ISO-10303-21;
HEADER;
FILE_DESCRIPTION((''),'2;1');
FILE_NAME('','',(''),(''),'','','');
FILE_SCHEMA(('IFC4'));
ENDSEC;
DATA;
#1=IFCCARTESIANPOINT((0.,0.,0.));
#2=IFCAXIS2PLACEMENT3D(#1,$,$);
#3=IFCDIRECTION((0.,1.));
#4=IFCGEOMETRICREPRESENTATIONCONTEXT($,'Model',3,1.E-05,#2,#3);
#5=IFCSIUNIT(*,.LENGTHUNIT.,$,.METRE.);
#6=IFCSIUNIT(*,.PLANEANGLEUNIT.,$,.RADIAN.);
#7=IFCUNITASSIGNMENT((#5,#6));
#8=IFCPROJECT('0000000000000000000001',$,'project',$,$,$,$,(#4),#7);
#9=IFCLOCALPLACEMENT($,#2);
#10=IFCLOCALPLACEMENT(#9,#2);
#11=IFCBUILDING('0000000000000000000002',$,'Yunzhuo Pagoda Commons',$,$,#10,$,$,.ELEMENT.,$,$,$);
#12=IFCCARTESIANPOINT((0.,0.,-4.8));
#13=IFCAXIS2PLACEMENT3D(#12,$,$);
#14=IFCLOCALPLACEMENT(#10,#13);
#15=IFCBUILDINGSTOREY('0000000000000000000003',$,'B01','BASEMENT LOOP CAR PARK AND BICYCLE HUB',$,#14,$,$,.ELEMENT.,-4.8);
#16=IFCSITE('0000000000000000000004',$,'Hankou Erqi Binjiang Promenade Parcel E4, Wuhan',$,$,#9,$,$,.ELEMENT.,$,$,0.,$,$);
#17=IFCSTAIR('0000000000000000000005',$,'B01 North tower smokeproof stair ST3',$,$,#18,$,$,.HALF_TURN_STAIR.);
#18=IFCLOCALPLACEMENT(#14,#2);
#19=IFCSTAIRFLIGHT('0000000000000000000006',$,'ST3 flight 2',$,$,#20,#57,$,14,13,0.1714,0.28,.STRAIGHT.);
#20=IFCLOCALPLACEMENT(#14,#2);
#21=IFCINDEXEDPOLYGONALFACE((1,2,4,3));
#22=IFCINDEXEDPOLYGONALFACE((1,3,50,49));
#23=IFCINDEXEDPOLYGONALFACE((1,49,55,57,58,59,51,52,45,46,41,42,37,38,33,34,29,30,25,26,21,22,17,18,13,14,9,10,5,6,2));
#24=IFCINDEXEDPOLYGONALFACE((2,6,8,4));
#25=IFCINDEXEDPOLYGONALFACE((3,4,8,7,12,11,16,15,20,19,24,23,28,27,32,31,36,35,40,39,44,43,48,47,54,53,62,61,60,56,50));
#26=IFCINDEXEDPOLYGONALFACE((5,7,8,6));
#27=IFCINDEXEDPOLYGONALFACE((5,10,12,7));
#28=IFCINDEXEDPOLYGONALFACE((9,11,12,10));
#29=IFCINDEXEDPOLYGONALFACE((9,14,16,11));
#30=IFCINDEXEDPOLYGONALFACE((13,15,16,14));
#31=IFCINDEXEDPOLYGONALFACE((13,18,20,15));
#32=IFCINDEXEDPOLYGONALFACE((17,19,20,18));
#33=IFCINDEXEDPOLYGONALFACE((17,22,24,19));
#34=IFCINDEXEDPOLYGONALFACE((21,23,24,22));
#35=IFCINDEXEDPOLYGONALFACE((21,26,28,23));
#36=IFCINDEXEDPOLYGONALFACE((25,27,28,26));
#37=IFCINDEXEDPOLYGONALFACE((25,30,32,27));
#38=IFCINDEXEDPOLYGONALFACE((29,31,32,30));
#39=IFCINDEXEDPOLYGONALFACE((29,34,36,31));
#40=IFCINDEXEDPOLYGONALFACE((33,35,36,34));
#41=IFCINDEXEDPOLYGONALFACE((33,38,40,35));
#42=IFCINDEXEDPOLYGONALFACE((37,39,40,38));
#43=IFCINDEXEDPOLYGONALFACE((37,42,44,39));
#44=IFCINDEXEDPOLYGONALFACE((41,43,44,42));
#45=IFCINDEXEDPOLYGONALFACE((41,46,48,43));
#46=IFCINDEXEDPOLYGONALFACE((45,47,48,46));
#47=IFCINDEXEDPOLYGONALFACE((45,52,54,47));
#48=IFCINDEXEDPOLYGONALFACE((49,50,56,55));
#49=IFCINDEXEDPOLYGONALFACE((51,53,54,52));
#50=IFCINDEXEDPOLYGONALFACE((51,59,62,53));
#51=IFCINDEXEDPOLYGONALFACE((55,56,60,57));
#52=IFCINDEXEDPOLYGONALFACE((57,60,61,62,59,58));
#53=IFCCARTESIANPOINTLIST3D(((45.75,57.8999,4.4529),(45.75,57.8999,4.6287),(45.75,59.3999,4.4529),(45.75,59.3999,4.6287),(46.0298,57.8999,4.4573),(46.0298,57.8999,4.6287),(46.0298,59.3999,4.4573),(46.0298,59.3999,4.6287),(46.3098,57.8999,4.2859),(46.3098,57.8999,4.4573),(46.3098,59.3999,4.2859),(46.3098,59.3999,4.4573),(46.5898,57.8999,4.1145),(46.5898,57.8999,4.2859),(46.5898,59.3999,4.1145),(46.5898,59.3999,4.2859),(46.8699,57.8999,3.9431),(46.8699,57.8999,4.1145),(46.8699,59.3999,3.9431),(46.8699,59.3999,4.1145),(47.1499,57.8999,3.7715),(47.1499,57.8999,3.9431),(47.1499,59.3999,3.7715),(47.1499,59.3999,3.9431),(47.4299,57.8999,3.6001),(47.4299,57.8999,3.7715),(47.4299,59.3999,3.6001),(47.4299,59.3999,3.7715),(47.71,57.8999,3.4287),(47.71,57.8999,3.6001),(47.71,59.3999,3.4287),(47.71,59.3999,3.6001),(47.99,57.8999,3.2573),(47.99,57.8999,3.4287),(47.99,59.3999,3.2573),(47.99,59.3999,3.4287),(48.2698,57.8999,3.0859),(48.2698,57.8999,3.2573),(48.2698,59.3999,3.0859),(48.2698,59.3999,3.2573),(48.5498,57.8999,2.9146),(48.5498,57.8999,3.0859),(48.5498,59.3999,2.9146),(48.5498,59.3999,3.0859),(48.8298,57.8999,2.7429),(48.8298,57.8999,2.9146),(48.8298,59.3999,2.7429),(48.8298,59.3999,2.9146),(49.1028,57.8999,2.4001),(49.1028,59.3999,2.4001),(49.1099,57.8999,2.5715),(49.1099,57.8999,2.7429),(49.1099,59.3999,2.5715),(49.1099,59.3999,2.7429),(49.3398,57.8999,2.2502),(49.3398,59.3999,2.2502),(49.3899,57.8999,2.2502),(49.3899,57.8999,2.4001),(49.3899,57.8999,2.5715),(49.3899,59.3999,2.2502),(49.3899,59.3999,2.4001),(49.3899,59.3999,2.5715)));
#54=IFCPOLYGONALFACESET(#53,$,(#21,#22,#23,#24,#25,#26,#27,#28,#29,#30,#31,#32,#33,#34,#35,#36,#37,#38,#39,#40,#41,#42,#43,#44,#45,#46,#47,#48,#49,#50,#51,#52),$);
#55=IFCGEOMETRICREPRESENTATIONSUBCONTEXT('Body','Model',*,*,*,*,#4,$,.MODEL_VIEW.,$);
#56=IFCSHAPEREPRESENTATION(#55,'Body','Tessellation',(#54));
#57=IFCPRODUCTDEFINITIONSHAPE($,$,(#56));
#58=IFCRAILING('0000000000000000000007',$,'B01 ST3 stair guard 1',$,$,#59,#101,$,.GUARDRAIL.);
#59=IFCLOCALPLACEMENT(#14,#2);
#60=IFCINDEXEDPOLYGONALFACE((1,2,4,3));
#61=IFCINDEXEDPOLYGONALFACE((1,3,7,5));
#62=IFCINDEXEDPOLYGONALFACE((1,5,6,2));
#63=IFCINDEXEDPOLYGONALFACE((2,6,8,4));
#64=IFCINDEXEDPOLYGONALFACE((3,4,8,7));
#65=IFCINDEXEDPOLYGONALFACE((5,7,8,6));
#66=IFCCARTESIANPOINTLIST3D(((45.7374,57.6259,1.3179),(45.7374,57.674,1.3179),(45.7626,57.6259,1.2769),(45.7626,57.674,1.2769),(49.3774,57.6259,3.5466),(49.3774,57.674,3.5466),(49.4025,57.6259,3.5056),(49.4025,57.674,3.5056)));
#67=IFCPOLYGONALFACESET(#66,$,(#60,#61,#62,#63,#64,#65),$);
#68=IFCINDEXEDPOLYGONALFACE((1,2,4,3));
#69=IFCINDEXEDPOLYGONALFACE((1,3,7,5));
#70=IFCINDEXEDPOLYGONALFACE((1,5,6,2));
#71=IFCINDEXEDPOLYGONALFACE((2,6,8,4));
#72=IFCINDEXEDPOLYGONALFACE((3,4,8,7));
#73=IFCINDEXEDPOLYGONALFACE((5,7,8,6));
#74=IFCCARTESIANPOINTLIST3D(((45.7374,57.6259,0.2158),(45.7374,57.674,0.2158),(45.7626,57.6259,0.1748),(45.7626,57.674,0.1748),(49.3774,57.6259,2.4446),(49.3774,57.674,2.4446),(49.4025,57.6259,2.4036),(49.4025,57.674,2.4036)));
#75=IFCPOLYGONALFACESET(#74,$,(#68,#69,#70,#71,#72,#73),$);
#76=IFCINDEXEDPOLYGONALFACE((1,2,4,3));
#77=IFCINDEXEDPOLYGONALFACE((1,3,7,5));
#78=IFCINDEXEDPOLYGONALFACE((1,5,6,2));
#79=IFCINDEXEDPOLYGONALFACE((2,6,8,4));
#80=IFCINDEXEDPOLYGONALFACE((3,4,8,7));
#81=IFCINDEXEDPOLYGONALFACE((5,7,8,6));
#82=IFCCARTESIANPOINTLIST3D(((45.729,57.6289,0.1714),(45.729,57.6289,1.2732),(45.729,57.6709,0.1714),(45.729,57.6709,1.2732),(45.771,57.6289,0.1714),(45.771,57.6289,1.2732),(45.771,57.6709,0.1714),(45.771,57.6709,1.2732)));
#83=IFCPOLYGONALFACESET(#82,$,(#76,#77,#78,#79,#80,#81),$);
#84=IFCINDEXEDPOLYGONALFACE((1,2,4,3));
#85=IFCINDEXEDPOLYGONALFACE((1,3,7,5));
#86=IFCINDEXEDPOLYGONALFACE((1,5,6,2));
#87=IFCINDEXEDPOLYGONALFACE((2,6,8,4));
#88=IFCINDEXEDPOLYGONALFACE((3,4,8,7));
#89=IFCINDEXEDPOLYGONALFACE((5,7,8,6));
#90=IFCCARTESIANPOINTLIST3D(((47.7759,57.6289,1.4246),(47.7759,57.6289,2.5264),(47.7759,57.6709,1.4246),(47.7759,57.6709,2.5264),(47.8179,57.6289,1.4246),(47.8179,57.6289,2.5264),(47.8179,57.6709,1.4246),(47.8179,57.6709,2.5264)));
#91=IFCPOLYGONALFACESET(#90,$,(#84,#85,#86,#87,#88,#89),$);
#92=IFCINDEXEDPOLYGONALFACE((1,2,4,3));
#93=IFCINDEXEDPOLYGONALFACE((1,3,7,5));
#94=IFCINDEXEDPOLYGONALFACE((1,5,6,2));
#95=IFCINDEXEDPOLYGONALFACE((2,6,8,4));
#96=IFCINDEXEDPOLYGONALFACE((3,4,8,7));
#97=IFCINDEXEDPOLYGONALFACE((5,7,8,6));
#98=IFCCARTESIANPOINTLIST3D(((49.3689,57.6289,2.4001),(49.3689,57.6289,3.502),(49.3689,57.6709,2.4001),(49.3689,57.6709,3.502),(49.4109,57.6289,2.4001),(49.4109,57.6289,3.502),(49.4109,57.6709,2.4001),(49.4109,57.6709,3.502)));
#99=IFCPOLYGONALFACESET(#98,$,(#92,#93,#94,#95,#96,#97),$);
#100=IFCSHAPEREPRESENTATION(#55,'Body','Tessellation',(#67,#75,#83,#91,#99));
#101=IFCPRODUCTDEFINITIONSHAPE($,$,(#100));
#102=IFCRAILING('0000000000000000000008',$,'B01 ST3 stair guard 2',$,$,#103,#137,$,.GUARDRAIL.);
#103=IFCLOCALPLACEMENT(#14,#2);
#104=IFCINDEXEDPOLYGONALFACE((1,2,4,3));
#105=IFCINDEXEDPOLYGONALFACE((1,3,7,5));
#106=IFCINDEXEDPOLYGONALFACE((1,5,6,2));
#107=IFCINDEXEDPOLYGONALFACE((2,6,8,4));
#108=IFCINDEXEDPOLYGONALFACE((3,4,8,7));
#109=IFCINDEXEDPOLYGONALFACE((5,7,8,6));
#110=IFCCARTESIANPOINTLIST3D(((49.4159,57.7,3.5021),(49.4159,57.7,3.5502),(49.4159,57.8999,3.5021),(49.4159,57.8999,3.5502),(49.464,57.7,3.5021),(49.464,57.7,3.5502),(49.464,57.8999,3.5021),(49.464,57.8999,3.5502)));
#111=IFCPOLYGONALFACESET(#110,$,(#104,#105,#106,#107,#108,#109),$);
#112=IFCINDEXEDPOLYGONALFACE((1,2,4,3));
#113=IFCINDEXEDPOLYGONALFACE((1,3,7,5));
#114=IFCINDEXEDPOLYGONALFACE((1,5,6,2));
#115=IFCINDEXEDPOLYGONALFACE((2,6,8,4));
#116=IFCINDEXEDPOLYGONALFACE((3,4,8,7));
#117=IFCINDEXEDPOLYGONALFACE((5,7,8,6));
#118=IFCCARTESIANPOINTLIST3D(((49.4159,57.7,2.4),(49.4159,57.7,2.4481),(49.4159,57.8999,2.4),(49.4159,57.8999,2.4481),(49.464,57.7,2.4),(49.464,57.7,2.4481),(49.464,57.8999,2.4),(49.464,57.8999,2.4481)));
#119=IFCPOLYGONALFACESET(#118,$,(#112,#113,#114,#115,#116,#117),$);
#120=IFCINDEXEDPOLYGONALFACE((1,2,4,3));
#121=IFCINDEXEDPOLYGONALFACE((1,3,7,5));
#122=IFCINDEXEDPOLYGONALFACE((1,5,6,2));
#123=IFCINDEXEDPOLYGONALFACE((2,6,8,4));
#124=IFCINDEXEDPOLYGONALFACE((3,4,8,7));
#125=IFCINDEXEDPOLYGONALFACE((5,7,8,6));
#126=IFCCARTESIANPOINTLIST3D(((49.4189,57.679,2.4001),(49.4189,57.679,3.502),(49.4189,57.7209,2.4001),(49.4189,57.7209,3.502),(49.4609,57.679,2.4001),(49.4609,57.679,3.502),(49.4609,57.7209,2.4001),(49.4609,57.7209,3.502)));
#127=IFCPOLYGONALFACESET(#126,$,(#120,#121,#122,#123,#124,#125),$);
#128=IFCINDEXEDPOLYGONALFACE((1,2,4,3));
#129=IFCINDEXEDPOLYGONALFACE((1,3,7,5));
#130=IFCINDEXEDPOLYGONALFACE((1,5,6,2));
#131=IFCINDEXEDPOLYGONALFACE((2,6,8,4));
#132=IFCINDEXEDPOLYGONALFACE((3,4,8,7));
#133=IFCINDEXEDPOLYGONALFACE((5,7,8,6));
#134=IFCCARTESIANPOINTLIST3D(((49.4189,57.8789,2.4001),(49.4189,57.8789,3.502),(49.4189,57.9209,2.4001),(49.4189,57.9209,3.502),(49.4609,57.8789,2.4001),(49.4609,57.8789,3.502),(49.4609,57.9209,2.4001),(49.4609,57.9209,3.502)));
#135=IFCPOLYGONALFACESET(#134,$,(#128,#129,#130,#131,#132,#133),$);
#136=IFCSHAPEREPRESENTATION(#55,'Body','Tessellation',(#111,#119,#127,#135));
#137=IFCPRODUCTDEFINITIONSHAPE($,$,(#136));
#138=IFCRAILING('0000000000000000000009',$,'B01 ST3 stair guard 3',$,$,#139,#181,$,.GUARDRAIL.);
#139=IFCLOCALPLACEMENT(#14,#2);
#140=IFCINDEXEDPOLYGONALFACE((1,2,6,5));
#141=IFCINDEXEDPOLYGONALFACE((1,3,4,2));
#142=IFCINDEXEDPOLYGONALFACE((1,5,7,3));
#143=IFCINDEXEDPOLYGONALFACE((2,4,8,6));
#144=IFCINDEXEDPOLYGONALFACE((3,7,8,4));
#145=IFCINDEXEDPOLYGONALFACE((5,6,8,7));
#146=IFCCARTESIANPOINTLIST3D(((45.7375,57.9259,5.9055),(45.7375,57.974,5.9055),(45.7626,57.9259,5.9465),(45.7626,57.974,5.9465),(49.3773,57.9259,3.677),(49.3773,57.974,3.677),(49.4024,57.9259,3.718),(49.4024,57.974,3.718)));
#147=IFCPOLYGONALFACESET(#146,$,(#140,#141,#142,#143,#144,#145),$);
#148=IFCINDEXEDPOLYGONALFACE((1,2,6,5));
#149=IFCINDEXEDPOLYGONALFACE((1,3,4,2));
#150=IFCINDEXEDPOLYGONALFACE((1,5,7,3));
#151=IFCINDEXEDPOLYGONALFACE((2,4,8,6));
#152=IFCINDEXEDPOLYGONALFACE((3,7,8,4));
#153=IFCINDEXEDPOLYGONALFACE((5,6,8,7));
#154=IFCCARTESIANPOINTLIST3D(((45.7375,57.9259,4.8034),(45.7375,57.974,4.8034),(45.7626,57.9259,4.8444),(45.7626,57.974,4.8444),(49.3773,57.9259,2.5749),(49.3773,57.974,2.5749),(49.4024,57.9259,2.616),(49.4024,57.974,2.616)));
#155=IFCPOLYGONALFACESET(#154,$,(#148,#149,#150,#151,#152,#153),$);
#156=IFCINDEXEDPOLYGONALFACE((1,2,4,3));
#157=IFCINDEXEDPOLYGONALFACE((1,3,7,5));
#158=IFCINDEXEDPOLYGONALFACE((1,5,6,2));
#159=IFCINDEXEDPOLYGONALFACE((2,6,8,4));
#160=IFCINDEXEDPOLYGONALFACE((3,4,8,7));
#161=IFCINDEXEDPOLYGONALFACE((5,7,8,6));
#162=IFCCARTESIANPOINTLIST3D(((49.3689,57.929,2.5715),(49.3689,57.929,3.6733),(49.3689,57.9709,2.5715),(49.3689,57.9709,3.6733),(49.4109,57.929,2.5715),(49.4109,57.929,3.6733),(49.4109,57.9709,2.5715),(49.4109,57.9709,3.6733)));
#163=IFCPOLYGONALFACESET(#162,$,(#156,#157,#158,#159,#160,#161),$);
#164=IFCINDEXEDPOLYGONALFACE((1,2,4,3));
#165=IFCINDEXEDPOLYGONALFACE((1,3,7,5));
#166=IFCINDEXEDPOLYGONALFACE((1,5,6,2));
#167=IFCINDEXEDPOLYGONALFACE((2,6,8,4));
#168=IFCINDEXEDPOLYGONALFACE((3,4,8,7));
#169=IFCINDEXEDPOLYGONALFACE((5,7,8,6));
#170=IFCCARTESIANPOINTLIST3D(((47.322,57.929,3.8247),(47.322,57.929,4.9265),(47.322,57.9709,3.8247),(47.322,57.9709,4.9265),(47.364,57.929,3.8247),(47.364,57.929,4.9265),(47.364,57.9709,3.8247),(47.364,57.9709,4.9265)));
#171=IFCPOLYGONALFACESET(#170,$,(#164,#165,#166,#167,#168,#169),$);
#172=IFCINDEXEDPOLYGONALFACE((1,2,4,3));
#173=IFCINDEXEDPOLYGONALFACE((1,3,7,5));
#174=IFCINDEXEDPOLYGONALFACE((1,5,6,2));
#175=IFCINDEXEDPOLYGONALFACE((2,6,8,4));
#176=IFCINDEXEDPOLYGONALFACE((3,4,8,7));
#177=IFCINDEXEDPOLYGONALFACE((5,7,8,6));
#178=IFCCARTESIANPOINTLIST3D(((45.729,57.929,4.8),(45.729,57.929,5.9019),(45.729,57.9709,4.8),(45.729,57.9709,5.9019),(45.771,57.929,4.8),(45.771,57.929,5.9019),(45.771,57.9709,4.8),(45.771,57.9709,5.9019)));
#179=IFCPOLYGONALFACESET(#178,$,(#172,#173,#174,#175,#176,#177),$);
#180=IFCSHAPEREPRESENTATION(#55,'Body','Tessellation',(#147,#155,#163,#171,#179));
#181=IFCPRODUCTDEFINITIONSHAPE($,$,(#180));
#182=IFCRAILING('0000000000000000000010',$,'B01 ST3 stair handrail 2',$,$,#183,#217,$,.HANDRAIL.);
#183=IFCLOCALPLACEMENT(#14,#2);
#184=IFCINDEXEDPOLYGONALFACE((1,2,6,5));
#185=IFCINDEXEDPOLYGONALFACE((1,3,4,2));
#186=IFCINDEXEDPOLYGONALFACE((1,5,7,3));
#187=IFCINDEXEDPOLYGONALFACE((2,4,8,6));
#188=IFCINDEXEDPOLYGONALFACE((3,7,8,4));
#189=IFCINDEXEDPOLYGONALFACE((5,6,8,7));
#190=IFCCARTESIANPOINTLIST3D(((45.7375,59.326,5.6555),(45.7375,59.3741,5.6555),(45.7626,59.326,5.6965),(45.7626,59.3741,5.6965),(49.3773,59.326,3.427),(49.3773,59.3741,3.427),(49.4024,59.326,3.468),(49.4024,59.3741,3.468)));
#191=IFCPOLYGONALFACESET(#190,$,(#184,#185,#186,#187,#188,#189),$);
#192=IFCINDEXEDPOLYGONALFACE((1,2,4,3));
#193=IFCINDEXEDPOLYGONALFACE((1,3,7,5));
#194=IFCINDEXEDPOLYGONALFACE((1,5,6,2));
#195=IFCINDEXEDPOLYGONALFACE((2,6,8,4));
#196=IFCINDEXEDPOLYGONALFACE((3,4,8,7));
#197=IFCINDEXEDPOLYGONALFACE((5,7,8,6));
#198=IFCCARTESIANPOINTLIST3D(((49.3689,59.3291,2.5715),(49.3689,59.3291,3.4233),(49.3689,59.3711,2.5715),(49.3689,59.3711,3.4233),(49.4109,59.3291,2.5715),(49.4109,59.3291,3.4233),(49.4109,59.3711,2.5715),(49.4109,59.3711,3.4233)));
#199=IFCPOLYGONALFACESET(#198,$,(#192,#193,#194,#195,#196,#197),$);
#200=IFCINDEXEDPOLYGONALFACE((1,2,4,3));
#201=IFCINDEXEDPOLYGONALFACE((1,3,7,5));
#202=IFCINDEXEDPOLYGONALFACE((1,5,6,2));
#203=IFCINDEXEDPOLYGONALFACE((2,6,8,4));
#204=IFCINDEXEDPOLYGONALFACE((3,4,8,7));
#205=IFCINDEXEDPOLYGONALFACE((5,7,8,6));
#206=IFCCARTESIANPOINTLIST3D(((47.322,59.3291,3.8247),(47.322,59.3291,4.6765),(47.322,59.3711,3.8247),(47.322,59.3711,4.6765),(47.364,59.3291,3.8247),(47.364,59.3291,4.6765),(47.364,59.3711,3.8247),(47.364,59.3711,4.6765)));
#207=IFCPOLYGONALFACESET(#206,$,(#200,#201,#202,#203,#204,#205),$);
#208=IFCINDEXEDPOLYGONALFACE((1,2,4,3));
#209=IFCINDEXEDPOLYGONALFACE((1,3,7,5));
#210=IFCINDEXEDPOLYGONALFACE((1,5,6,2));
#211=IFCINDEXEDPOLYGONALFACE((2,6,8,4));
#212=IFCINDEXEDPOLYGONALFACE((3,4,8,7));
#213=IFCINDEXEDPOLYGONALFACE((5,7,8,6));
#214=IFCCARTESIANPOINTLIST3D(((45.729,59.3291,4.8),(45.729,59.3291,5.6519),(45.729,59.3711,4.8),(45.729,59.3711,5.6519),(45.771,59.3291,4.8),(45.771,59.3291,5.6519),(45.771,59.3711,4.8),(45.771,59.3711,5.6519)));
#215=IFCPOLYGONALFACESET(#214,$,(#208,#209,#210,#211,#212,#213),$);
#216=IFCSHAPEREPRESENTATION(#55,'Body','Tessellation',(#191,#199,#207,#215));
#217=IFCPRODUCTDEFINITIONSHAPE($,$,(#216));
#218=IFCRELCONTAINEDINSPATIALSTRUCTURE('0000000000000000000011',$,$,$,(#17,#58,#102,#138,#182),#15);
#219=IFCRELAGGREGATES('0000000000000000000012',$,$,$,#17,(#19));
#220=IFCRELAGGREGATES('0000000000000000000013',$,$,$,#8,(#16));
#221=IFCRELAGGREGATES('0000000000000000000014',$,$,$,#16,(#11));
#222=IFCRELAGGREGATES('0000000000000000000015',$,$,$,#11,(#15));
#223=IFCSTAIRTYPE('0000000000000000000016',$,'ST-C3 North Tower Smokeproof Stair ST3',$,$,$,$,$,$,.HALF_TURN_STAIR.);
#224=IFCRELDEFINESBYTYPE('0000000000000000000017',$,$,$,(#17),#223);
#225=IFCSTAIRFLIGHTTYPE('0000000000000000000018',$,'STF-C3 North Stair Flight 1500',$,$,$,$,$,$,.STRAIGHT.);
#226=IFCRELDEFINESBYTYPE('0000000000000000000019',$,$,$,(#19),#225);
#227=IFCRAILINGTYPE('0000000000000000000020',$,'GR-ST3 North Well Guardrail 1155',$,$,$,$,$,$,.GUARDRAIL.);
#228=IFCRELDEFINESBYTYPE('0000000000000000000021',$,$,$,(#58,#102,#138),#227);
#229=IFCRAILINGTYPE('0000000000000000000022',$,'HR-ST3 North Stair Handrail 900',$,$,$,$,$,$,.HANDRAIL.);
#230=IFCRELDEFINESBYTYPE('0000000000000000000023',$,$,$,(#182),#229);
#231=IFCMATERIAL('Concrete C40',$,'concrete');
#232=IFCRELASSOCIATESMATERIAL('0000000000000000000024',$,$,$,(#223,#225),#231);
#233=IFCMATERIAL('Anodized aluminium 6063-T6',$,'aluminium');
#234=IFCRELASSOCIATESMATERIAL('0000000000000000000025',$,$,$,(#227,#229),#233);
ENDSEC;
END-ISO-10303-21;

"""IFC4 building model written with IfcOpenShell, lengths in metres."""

from ifc_helpers import new_model, si_unit, direction, frame, origin, origin_2d, place, context, subcontext, project, spatial, polyline, rectangle, outline, extrude, source, transform, mapped, material, type_object, element, aggregate, save


model = new_model("IFC4")

# Units and contexts
model_context = context("Model", 3, precision=1e-05, world=origin(), true_north=direction((0.0, 1.0)))
body_context = subcontext(model_context, "Body", "Model", "MODEL_VIEW")
ifc_project = project(units=[si_unit("LENGTHUNIT", "METRE"), si_unit("PLANEANGLEUNIT", "RADIAN")], contexts=[model_context])

# Site, building, storey
site_placement = place(None, origin())
site = spatial("IfcSite", under=ifc_project, at=site_placement, Name="Hankou Erqi Binjiang Promenade Parcel E4, Wuhan", CompositionType="ELEMENT", RefElevation=0.0)
building_placement = place(site_placement, origin())
building = spatial("IfcBuilding", under=site, at=building_placement, Name="Yunzhuo Pagoda Commons", CompositionType="ELEMENT")
storey_placement = place(building_placement, frame((0.0, 0.0, -4.8)))
storey = spatial("IfcBuildingStorey", under=building, at=storey_placement, Name="B01", Description="BASEMENT LOOP CAR PARK AND BICYCLE HUB", CompositionType="ELEMENT", Elevation=-4.8)

# Stair, stair flight
ifc_material_1 = material(Name="Concrete C40", Category="concrete")
stair_type = type_object("IfcStairType", Name="ST-C3 North Tower Smokeproof Stair ST3", PredefinedType="HALF_TURN_STAIR", material=ifc_material_1)
stair_placement = place(storey_placement, origin())
stair = element("IfcStair", 1, at=stair_placement, inside=storey, type_object=stair_type, Name="B01 North tower smokeproof stair ST3", PredefinedType="HALF_TURN_STAIR")
stair_flight_type = type_object("IfcStairFlightType", Name="STF-C3 North Stair Flight 1500", PredefinedType="STRAIGHT", material=ifc_material_1)
shared_shape_1 = source(origin(), body_context, "Body", "SweptSolid", [
    extrude(outline(polyline([(0.0, -0.1499), (0.0, 0.0), (0.0, 0.1714), (0.28, 0.1714), (0.28, 0.3428), (0.5601, 0.3428), (0.5601, 0.5144), (0.8401, 0.5144), (0.8401, 0.6858), (1.1201, 0.6858), (1.1201, 0.8572), (1.3999, 0.8572), (1.3999, 1.0286), (1.6799, 1.0286), (1.6799, 1.2), (1.96, 1.2), (1.96, 1.3713), (2.24, 1.3713), (2.24, 1.543), (2.52, 1.543), (2.52, 1.7144), (2.8, 1.7144), (2.8, 1.8857), (3.0801, 1.8857), (3.0801, 2.0571), (3.3601, 2.0571), (3.3601, 2.2285), (3.6399, 2.2285), (3.6399, 2.3999), (3.6399, 2.0527), (0.2871, 0.0), (0.05, -0.1499), (0.0, -0.1499)])), frame((0.0, 0.75, 0.0), z_axis=(0.0, -1.0, 0.0), x_axis=(1.0, 0.0, 0.0)), (0.0, 0.0, 1.0), 1.5),
])
stair_flight_1_placement = place(storey_placement, frame((49.3899, 58.6499, 2.4001), z_axis=(0.0, 0.0, 1.0), x_axis=(-1.0, 0.0, 0.0)))
stair_flight_1 = element("IfcStairFlight", 2, at=stair_flight_1_placement, type_object=stair_flight_type, Name="ST3 flight 2", NumberOfRisers=14, NumberOfTreads=13, PredefinedType="STRAIGHT", RiserHeight=0.1714, TreadLength=0.28, context=body_context, shape_type="MappedRepresentation", body=[
    mapped(shared_shape_1, transform((0.0, 0.0, 0.0), scale=1.0)),
])
aggregate(stair, [stair_flight_1])

# Railings
ifc_material_2 = material(Name="Anodized aluminium 6063-T6", Category="aluminium")
railing_type_1 = type_object("IfcRailingType", Name="GR-ST3 North Well Guardrail 1155", PredefinedType="GUARDRAIL", material=ifc_material_2)
railing_1_placement = place(storey_placement, frame((45.75, 57.6499, 0.1714)))
element("IfcRailing", 3, at=railing_1_placement, inside=storey, type_object=railing_type_1, Name="B01 ST3 stair guard 1", PredefinedType="GUARDRAIL", context=body_context, shape_type="SweptSolid", body=[
    extrude(rectangle(XDim=0.0481, YDim=0.0481, at=origin_2d()), frame((0.0, 0.0, 1.126), z_axis=(0.852825, 0.0, 0.522197), x_axis=(0.0, 1.0, 0.0)), (0.0, 0.0, 1.0), 4.2681),
    extrude(rectangle(XDim=0.0481, YDim=0.0481, at=origin_2d()), frame((0.0, 0.0, 0.0239), z_axis=(0.852825, 0.0, 0.522197), x_axis=(0.0, 1.0, 0.0)), (0.0, 0.0, 1.0), 4.2681),
    extrude(rectangle(XDim=0.042, YDim=0.042, at=origin_2d()), origin(), (0.0, 0.0, 1.0), 1.1018),
    extrude(rectangle(XDim=0.042, YDim=0.042, at=origin_2d()), frame((2.0469, 0.0, 1.2532)), (0.0, 0.0, 1.0), 1.1018),
    extrude(rectangle(XDim=0.042, YDim=0.042, at=origin_2d()), frame((3.6399, 0.0, 2.2288)), (0.0, 0.0, 1.0), 1.1018),
])
railing_2_placement = place(storey_placement, frame((49.4399, 57.7, 2.4001)))
element("IfcRailing", 4, at=railing_2_placement, inside=storey, type_object=railing_type_1, Name="B01 ST3 stair guard 2", PredefinedType="GUARDRAIL", context=body_context, shape_type="SweptSolid", body=[
    extrude(rectangle(XDim=0.0481, YDim=0.0481, at=origin_2d()), frame((0.0, 0.0, 1.126), z_axis=(0.0, 1.0, 0.0), x_axis=(-1.0, 0.0, 0.0)), (0.0, 0.0, 1.0), 0.2),
    extrude(rectangle(XDim=0.0481, YDim=0.0481, at=origin_2d()), frame((0.0, 0.0, 0.0239), z_axis=(0.0, 1.0, 0.0), x_axis=(-1.0, 0.0, 0.0)), (0.0, 0.0, 1.0), 0.2),
    extrude(rectangle(XDim=0.042, YDim=0.042, at=origin_2d()), origin(), (0.0, 0.0, 1.0), 1.1018),
    extrude(rectangle(XDim=0.042, YDim=0.042, at=origin_2d()), frame((0.0, 0.2, 0.0)), (0.0, 0.0, 1.0), 1.1018),
])
railing_3_placement = place(storey_placement, frame((49.3899, 57.95, 2.5715)))
element("IfcRailing", 5, at=railing_3_placement, inside=storey, type_object=railing_type_1, Name="B01 ST3 stair guard 3", PredefinedType="GUARDRAIL", context=body_context, shape_type="SweptSolid", body=[
    extrude(rectangle(XDim=0.0481, YDim=0.0481, at=origin_2d()), frame((0.0, 0.0, 1.126), z_axis=(-0.85285, 0.0, 0.522156), x_axis=(0.0, -1.0, 0.0)), (0.0, 0.0, 1.0), 4.2678),
    extrude(rectangle(XDim=0.0481, YDim=0.0481, at=origin_2d()), frame((0.0, 0.0, 0.0239), z_axis=(-0.85285, 0.0, 0.522156), x_axis=(0.0, -1.0, 0.0)), (0.0, 0.0, 1.0), 4.2678),
    extrude(rectangle(XDim=0.042, YDim=0.042, at=origin_2d()), origin(), (0.0, 0.0, 1.0), 1.1018),
    extrude(rectangle(XDim=0.042, YDim=0.042, at=origin_2d()), frame((-2.0469, 0.0, 1.2532)), (0.0, 0.0, 1.0), 1.1018),
    extrude(rectangle(XDim=0.042, YDim=0.042, at=origin_2d()), frame((-3.6399, 0.0, 2.2285)), (0.0, 0.0, 1.0), 1.1018),
])
railing_type_2 = type_object("IfcRailingType", Name="HR-ST3 North Stair Handrail 900", PredefinedType="HANDRAIL", material=ifc_material_2)
railing_4_placement = place(storey_placement, frame((49.3899, 59.3501, 2.5715)))
element("IfcRailing", 6, at=railing_4_placement, inside=storey, type_object=railing_type_2, Name="B01 ST3 stair handrail 2", PredefinedType="HANDRAIL", context=body_context, shape_type="SweptSolid", body=[
    extrude(rectangle(XDim=0.0481, YDim=0.0481, at=origin_2d()), frame((0.0, 0.0, 0.876), z_axis=(-0.85285, 0.0, 0.522156), x_axis=(0.0, -1.0, 0.0)), (0.0, 0.0, 1.0), 4.2678),
    extrude(rectangle(XDim=0.042, YDim=0.042, at=origin_2d()), origin(), (0.0, 0.0, 1.0), 0.8518),
    extrude(rectangle(XDim=0.042, YDim=0.042, at=origin_2d()), frame((-2.0469, 0.0, 1.2532)), (0.0, 0.0, 1.0), 0.8518),
    extrude(rectangle(XDim=0.042, YDim=0.042, at=origin_2d()), frame((-3.6399, 0.0, 2.2285)), (0.0, 0.0, 1.0), 0.8518),
])

save(model, "model.ifc")
